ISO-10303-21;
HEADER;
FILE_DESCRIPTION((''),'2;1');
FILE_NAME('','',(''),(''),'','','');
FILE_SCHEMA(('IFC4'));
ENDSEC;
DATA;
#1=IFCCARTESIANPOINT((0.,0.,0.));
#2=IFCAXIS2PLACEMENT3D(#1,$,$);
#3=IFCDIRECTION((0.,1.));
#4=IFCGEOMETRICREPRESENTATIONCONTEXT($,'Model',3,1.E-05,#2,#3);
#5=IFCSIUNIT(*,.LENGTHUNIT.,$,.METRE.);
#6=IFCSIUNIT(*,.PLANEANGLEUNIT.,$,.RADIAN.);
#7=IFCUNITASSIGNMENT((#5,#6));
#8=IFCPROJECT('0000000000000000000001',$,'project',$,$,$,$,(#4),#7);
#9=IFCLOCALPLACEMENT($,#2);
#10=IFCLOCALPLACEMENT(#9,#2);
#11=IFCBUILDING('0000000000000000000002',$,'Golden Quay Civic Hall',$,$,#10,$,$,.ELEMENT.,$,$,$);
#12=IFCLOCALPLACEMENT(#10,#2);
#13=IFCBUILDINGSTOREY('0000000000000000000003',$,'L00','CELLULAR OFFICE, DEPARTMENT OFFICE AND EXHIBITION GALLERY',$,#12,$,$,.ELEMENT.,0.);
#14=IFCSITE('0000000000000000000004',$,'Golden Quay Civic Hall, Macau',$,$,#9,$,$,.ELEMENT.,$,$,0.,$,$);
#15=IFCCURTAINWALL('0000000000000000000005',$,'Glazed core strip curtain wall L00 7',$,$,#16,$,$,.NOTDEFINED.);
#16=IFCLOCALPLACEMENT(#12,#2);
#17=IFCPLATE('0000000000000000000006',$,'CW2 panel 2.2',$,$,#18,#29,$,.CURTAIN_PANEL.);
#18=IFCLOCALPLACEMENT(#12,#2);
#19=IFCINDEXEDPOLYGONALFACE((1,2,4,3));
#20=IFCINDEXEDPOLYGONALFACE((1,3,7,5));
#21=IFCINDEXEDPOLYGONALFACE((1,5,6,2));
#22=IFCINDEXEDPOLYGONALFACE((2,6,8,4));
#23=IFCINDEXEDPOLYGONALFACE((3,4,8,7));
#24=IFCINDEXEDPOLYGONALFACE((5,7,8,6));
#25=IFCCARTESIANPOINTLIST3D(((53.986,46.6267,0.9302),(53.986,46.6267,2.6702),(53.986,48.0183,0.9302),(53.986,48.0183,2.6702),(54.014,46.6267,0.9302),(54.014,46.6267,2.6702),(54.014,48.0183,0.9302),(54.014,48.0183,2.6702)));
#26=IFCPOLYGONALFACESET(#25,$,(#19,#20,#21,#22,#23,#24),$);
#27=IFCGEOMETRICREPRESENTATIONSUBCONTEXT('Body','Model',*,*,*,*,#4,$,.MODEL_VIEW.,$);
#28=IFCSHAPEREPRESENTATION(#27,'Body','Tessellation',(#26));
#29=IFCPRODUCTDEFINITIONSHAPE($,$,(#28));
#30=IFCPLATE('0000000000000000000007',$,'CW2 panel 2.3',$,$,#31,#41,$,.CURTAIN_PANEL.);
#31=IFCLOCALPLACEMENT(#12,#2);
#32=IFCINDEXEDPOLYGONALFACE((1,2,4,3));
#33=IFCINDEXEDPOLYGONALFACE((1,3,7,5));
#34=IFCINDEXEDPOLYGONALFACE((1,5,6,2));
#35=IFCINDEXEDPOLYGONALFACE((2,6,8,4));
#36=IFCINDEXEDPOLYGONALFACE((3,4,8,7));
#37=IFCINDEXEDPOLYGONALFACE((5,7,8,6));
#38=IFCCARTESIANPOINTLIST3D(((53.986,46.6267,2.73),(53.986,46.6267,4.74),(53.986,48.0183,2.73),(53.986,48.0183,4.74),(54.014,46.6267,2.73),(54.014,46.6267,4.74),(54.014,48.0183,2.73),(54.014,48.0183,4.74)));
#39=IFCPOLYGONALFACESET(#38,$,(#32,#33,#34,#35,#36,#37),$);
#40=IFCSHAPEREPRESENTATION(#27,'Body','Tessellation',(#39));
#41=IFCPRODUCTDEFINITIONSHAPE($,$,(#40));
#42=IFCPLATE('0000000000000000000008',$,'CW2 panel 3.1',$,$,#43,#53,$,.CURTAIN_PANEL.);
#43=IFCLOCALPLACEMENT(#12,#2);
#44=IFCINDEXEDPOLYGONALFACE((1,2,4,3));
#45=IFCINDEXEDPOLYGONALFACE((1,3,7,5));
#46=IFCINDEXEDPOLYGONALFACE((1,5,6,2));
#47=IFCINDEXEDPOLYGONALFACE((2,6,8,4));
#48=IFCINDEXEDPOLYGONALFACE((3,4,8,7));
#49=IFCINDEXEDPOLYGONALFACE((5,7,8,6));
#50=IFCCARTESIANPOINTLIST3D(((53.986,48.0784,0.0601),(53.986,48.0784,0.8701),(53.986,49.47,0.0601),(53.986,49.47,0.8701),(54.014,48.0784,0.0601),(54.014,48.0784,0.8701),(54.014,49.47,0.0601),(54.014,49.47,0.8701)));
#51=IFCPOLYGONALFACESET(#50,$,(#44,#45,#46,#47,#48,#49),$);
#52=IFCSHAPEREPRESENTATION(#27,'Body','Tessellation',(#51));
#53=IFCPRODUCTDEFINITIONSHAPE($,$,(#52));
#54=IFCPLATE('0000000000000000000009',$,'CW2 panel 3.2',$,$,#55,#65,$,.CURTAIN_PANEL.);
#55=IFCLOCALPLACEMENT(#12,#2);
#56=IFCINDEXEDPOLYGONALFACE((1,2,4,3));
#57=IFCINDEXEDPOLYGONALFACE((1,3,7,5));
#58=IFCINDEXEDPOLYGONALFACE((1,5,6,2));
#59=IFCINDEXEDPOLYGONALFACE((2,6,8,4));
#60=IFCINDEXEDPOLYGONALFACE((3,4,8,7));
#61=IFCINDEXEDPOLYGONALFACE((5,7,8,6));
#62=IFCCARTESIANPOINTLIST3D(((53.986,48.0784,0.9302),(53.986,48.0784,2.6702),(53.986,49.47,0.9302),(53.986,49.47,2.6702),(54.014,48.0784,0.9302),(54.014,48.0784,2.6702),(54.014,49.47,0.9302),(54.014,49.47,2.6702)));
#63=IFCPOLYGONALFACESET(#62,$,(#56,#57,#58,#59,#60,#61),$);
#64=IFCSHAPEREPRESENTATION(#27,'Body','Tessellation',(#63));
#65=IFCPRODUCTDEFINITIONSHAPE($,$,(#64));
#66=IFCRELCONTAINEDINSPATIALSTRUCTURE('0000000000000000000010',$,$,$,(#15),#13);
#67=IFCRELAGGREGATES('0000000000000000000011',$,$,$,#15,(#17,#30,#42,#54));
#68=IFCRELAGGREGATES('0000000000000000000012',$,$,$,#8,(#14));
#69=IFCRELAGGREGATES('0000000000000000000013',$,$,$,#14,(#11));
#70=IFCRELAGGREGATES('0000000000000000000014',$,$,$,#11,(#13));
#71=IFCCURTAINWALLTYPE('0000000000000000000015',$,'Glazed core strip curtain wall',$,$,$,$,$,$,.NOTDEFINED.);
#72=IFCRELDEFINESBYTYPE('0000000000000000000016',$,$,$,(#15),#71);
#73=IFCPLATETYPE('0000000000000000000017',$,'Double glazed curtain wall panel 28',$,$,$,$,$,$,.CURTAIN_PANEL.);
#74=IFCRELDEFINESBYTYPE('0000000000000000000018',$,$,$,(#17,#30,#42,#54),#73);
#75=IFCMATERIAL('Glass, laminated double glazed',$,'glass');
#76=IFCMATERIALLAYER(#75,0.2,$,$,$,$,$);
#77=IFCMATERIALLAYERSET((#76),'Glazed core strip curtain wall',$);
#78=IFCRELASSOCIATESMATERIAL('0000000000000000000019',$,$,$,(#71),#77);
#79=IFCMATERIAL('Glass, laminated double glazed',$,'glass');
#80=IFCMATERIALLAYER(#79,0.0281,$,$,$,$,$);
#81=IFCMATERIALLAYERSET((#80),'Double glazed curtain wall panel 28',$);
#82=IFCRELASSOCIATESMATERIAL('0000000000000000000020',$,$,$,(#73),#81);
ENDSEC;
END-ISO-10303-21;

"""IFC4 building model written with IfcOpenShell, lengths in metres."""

from ifc_helpers import new_model, si_unit, direction, frame, origin, origin_2d, place, context, subcontext, project, spatial, rectangle, extrude, material, layer, layer_set, type_object, element, aggregate, save


model = new_model("IFC4")

# Units and contexts
model_context = context("Model", 3, precision=1e-05, world=origin(), true_north=direction((0.0, 1.0)))
body_context = subcontext(model_context, "Body", "Model", "MODEL_VIEW")
ifc_project = project(units=[si_unit("LENGTHUNIT", "METRE"), si_unit("PLANEANGLEUNIT", "RADIAN")], contexts=[model_context])

# Site, building, storey
site_placement = place(None, origin())
site = spatial("IfcSite", under=ifc_project, at=site_placement, Name="Golden Quay Civic Hall, Macau", CompositionType="ELEMENT", RefElevation=0.0)
building_placement = place(site_placement, origin())
building = spatial("IfcBuilding", under=site, at=building_placement, Name="Golden Quay Civic Hall", CompositionType="ELEMENT")
storey_placement = place(building_placement, origin())
storey = spatial("IfcBuildingStorey", under=building, at=storey_placement, Name="L00", Description="CELLULAR OFFICE, DEPARTMENT OFFICE AND EXHIBITION GALLERY", CompositionType="ELEMENT", Elevation=0.0)

# Shared definitions
ifc_material_1 = material(Name="Glass, laminated double glazed", Category="glass")
ifc_layer_1 = layer(ifc_material_1, 0.2)
ifc_layer_set_1 = layer_set([ifc_layer_1], Name="Glazed core strip curtain wall")
curtain_wall_type = type_object("IfcCurtainWallType", Name="Glazed core strip curtain wall", PredefinedType="NOTDEFINED", material=ifc_layer_set_1)

# Curtain wall
curtain_wall_1_placement = place(storey_placement, origin())
curtain_wall_1 = element("IfcCurtainWall", 1, at=curtain_wall_1_placement, inside=storey, type_object=curtain_wall_type, Name="Glazed core strip curtain wall L00 7", PredefinedType="NOTDEFINED")

# Plates
ifc_material_2 = material(Name="Glass, laminated double glazed", Category="glass")
ifc_layer_2 = layer(ifc_material_2, 0.0281)
ifc_layer_set_2 = layer_set([ifc_layer_2], Name="Double glazed curtain wall panel 28")
plate_type = type_object("IfcPlateType", Name="Double glazed curtain wall panel 28", PredefinedType="CURTAIN_PANEL", material=ifc_layer_set_2)
plate_1_placement = place(storey_placement, frame((54.0, 47.3225, 0.9302), z_axis=(0.0, 0.0, 1.0), x_axis=(0.0, 1.0, 0.0)))
plate_1 = element("IfcPlate", 2, at=plate_1_placement, type_object=plate_type, Name="CW2 panel 2.2", PredefinedType="CURTAIN_PANEL", context=body_context, shape_type="SweptSolid", body=[
    extrude(rectangle(XDim=1.3916, YDim=0.0281, at=origin_2d()), origin(), (0.0, 0.0, 1.0), 1.74),
])
plate_2_placement = place(storey_placement, frame((54.0, 47.3225, 2.73), z_axis=(0.0, 0.0, 1.0), x_axis=(0.0, 1.0, 0.0)))
plate_2 = element("IfcPlate", 3, at=plate_2_placement, type_object=plate_type, Name="CW2 panel 2.3", PredefinedType="CURTAIN_PANEL", context=body_context, shape_type="SweptSolid", body=[
    extrude(rectangle(XDim=1.3916, YDim=0.0281, at=origin_2d()), origin(), (0.0, 0.0, 1.0), 2.01),
])
plate_3_placement = place(storey_placement, frame((54.0, 48.7742, 0.0601), z_axis=(0.0, 0.0, 1.0), x_axis=(0.0, 1.0, 0.0)))
plate_3 = element("IfcPlate", 4, at=plate_3_placement, type_object=plate_type, Name="CW2 panel 3.1", PredefinedType="CURTAIN_PANEL", context=body_context, shape_type="SweptSolid", body=[
    extrude(rectangle(XDim=1.3916, YDim=0.0281, at=origin_2d()), origin(), (0.0, 0.0, 1.0), 0.8101),
])
plate_4_placement = place(storey_placement, frame((54.0, 48.7742, 0.9302), z_axis=(0.0, 0.0, 1.0), x_axis=(0.0, 1.0, 0.0)))
plate_4 = element("IfcPlate", 5, at=plate_4_placement, type_object=plate_type, Name="CW2 panel 3.2", PredefinedType="CURTAIN_PANEL", context=body_context, shape_type="SweptSolid", body=[
    extrude(rectangle(XDim=1.3916, YDim=0.0281, at=origin_2d()), origin(), (0.0, 0.0, 1.0), 1.74),
])
aggregate(curtain_wall_1, [plate_1, plate_2, plate_3, plate_4])

save(model, "model.ifc")
